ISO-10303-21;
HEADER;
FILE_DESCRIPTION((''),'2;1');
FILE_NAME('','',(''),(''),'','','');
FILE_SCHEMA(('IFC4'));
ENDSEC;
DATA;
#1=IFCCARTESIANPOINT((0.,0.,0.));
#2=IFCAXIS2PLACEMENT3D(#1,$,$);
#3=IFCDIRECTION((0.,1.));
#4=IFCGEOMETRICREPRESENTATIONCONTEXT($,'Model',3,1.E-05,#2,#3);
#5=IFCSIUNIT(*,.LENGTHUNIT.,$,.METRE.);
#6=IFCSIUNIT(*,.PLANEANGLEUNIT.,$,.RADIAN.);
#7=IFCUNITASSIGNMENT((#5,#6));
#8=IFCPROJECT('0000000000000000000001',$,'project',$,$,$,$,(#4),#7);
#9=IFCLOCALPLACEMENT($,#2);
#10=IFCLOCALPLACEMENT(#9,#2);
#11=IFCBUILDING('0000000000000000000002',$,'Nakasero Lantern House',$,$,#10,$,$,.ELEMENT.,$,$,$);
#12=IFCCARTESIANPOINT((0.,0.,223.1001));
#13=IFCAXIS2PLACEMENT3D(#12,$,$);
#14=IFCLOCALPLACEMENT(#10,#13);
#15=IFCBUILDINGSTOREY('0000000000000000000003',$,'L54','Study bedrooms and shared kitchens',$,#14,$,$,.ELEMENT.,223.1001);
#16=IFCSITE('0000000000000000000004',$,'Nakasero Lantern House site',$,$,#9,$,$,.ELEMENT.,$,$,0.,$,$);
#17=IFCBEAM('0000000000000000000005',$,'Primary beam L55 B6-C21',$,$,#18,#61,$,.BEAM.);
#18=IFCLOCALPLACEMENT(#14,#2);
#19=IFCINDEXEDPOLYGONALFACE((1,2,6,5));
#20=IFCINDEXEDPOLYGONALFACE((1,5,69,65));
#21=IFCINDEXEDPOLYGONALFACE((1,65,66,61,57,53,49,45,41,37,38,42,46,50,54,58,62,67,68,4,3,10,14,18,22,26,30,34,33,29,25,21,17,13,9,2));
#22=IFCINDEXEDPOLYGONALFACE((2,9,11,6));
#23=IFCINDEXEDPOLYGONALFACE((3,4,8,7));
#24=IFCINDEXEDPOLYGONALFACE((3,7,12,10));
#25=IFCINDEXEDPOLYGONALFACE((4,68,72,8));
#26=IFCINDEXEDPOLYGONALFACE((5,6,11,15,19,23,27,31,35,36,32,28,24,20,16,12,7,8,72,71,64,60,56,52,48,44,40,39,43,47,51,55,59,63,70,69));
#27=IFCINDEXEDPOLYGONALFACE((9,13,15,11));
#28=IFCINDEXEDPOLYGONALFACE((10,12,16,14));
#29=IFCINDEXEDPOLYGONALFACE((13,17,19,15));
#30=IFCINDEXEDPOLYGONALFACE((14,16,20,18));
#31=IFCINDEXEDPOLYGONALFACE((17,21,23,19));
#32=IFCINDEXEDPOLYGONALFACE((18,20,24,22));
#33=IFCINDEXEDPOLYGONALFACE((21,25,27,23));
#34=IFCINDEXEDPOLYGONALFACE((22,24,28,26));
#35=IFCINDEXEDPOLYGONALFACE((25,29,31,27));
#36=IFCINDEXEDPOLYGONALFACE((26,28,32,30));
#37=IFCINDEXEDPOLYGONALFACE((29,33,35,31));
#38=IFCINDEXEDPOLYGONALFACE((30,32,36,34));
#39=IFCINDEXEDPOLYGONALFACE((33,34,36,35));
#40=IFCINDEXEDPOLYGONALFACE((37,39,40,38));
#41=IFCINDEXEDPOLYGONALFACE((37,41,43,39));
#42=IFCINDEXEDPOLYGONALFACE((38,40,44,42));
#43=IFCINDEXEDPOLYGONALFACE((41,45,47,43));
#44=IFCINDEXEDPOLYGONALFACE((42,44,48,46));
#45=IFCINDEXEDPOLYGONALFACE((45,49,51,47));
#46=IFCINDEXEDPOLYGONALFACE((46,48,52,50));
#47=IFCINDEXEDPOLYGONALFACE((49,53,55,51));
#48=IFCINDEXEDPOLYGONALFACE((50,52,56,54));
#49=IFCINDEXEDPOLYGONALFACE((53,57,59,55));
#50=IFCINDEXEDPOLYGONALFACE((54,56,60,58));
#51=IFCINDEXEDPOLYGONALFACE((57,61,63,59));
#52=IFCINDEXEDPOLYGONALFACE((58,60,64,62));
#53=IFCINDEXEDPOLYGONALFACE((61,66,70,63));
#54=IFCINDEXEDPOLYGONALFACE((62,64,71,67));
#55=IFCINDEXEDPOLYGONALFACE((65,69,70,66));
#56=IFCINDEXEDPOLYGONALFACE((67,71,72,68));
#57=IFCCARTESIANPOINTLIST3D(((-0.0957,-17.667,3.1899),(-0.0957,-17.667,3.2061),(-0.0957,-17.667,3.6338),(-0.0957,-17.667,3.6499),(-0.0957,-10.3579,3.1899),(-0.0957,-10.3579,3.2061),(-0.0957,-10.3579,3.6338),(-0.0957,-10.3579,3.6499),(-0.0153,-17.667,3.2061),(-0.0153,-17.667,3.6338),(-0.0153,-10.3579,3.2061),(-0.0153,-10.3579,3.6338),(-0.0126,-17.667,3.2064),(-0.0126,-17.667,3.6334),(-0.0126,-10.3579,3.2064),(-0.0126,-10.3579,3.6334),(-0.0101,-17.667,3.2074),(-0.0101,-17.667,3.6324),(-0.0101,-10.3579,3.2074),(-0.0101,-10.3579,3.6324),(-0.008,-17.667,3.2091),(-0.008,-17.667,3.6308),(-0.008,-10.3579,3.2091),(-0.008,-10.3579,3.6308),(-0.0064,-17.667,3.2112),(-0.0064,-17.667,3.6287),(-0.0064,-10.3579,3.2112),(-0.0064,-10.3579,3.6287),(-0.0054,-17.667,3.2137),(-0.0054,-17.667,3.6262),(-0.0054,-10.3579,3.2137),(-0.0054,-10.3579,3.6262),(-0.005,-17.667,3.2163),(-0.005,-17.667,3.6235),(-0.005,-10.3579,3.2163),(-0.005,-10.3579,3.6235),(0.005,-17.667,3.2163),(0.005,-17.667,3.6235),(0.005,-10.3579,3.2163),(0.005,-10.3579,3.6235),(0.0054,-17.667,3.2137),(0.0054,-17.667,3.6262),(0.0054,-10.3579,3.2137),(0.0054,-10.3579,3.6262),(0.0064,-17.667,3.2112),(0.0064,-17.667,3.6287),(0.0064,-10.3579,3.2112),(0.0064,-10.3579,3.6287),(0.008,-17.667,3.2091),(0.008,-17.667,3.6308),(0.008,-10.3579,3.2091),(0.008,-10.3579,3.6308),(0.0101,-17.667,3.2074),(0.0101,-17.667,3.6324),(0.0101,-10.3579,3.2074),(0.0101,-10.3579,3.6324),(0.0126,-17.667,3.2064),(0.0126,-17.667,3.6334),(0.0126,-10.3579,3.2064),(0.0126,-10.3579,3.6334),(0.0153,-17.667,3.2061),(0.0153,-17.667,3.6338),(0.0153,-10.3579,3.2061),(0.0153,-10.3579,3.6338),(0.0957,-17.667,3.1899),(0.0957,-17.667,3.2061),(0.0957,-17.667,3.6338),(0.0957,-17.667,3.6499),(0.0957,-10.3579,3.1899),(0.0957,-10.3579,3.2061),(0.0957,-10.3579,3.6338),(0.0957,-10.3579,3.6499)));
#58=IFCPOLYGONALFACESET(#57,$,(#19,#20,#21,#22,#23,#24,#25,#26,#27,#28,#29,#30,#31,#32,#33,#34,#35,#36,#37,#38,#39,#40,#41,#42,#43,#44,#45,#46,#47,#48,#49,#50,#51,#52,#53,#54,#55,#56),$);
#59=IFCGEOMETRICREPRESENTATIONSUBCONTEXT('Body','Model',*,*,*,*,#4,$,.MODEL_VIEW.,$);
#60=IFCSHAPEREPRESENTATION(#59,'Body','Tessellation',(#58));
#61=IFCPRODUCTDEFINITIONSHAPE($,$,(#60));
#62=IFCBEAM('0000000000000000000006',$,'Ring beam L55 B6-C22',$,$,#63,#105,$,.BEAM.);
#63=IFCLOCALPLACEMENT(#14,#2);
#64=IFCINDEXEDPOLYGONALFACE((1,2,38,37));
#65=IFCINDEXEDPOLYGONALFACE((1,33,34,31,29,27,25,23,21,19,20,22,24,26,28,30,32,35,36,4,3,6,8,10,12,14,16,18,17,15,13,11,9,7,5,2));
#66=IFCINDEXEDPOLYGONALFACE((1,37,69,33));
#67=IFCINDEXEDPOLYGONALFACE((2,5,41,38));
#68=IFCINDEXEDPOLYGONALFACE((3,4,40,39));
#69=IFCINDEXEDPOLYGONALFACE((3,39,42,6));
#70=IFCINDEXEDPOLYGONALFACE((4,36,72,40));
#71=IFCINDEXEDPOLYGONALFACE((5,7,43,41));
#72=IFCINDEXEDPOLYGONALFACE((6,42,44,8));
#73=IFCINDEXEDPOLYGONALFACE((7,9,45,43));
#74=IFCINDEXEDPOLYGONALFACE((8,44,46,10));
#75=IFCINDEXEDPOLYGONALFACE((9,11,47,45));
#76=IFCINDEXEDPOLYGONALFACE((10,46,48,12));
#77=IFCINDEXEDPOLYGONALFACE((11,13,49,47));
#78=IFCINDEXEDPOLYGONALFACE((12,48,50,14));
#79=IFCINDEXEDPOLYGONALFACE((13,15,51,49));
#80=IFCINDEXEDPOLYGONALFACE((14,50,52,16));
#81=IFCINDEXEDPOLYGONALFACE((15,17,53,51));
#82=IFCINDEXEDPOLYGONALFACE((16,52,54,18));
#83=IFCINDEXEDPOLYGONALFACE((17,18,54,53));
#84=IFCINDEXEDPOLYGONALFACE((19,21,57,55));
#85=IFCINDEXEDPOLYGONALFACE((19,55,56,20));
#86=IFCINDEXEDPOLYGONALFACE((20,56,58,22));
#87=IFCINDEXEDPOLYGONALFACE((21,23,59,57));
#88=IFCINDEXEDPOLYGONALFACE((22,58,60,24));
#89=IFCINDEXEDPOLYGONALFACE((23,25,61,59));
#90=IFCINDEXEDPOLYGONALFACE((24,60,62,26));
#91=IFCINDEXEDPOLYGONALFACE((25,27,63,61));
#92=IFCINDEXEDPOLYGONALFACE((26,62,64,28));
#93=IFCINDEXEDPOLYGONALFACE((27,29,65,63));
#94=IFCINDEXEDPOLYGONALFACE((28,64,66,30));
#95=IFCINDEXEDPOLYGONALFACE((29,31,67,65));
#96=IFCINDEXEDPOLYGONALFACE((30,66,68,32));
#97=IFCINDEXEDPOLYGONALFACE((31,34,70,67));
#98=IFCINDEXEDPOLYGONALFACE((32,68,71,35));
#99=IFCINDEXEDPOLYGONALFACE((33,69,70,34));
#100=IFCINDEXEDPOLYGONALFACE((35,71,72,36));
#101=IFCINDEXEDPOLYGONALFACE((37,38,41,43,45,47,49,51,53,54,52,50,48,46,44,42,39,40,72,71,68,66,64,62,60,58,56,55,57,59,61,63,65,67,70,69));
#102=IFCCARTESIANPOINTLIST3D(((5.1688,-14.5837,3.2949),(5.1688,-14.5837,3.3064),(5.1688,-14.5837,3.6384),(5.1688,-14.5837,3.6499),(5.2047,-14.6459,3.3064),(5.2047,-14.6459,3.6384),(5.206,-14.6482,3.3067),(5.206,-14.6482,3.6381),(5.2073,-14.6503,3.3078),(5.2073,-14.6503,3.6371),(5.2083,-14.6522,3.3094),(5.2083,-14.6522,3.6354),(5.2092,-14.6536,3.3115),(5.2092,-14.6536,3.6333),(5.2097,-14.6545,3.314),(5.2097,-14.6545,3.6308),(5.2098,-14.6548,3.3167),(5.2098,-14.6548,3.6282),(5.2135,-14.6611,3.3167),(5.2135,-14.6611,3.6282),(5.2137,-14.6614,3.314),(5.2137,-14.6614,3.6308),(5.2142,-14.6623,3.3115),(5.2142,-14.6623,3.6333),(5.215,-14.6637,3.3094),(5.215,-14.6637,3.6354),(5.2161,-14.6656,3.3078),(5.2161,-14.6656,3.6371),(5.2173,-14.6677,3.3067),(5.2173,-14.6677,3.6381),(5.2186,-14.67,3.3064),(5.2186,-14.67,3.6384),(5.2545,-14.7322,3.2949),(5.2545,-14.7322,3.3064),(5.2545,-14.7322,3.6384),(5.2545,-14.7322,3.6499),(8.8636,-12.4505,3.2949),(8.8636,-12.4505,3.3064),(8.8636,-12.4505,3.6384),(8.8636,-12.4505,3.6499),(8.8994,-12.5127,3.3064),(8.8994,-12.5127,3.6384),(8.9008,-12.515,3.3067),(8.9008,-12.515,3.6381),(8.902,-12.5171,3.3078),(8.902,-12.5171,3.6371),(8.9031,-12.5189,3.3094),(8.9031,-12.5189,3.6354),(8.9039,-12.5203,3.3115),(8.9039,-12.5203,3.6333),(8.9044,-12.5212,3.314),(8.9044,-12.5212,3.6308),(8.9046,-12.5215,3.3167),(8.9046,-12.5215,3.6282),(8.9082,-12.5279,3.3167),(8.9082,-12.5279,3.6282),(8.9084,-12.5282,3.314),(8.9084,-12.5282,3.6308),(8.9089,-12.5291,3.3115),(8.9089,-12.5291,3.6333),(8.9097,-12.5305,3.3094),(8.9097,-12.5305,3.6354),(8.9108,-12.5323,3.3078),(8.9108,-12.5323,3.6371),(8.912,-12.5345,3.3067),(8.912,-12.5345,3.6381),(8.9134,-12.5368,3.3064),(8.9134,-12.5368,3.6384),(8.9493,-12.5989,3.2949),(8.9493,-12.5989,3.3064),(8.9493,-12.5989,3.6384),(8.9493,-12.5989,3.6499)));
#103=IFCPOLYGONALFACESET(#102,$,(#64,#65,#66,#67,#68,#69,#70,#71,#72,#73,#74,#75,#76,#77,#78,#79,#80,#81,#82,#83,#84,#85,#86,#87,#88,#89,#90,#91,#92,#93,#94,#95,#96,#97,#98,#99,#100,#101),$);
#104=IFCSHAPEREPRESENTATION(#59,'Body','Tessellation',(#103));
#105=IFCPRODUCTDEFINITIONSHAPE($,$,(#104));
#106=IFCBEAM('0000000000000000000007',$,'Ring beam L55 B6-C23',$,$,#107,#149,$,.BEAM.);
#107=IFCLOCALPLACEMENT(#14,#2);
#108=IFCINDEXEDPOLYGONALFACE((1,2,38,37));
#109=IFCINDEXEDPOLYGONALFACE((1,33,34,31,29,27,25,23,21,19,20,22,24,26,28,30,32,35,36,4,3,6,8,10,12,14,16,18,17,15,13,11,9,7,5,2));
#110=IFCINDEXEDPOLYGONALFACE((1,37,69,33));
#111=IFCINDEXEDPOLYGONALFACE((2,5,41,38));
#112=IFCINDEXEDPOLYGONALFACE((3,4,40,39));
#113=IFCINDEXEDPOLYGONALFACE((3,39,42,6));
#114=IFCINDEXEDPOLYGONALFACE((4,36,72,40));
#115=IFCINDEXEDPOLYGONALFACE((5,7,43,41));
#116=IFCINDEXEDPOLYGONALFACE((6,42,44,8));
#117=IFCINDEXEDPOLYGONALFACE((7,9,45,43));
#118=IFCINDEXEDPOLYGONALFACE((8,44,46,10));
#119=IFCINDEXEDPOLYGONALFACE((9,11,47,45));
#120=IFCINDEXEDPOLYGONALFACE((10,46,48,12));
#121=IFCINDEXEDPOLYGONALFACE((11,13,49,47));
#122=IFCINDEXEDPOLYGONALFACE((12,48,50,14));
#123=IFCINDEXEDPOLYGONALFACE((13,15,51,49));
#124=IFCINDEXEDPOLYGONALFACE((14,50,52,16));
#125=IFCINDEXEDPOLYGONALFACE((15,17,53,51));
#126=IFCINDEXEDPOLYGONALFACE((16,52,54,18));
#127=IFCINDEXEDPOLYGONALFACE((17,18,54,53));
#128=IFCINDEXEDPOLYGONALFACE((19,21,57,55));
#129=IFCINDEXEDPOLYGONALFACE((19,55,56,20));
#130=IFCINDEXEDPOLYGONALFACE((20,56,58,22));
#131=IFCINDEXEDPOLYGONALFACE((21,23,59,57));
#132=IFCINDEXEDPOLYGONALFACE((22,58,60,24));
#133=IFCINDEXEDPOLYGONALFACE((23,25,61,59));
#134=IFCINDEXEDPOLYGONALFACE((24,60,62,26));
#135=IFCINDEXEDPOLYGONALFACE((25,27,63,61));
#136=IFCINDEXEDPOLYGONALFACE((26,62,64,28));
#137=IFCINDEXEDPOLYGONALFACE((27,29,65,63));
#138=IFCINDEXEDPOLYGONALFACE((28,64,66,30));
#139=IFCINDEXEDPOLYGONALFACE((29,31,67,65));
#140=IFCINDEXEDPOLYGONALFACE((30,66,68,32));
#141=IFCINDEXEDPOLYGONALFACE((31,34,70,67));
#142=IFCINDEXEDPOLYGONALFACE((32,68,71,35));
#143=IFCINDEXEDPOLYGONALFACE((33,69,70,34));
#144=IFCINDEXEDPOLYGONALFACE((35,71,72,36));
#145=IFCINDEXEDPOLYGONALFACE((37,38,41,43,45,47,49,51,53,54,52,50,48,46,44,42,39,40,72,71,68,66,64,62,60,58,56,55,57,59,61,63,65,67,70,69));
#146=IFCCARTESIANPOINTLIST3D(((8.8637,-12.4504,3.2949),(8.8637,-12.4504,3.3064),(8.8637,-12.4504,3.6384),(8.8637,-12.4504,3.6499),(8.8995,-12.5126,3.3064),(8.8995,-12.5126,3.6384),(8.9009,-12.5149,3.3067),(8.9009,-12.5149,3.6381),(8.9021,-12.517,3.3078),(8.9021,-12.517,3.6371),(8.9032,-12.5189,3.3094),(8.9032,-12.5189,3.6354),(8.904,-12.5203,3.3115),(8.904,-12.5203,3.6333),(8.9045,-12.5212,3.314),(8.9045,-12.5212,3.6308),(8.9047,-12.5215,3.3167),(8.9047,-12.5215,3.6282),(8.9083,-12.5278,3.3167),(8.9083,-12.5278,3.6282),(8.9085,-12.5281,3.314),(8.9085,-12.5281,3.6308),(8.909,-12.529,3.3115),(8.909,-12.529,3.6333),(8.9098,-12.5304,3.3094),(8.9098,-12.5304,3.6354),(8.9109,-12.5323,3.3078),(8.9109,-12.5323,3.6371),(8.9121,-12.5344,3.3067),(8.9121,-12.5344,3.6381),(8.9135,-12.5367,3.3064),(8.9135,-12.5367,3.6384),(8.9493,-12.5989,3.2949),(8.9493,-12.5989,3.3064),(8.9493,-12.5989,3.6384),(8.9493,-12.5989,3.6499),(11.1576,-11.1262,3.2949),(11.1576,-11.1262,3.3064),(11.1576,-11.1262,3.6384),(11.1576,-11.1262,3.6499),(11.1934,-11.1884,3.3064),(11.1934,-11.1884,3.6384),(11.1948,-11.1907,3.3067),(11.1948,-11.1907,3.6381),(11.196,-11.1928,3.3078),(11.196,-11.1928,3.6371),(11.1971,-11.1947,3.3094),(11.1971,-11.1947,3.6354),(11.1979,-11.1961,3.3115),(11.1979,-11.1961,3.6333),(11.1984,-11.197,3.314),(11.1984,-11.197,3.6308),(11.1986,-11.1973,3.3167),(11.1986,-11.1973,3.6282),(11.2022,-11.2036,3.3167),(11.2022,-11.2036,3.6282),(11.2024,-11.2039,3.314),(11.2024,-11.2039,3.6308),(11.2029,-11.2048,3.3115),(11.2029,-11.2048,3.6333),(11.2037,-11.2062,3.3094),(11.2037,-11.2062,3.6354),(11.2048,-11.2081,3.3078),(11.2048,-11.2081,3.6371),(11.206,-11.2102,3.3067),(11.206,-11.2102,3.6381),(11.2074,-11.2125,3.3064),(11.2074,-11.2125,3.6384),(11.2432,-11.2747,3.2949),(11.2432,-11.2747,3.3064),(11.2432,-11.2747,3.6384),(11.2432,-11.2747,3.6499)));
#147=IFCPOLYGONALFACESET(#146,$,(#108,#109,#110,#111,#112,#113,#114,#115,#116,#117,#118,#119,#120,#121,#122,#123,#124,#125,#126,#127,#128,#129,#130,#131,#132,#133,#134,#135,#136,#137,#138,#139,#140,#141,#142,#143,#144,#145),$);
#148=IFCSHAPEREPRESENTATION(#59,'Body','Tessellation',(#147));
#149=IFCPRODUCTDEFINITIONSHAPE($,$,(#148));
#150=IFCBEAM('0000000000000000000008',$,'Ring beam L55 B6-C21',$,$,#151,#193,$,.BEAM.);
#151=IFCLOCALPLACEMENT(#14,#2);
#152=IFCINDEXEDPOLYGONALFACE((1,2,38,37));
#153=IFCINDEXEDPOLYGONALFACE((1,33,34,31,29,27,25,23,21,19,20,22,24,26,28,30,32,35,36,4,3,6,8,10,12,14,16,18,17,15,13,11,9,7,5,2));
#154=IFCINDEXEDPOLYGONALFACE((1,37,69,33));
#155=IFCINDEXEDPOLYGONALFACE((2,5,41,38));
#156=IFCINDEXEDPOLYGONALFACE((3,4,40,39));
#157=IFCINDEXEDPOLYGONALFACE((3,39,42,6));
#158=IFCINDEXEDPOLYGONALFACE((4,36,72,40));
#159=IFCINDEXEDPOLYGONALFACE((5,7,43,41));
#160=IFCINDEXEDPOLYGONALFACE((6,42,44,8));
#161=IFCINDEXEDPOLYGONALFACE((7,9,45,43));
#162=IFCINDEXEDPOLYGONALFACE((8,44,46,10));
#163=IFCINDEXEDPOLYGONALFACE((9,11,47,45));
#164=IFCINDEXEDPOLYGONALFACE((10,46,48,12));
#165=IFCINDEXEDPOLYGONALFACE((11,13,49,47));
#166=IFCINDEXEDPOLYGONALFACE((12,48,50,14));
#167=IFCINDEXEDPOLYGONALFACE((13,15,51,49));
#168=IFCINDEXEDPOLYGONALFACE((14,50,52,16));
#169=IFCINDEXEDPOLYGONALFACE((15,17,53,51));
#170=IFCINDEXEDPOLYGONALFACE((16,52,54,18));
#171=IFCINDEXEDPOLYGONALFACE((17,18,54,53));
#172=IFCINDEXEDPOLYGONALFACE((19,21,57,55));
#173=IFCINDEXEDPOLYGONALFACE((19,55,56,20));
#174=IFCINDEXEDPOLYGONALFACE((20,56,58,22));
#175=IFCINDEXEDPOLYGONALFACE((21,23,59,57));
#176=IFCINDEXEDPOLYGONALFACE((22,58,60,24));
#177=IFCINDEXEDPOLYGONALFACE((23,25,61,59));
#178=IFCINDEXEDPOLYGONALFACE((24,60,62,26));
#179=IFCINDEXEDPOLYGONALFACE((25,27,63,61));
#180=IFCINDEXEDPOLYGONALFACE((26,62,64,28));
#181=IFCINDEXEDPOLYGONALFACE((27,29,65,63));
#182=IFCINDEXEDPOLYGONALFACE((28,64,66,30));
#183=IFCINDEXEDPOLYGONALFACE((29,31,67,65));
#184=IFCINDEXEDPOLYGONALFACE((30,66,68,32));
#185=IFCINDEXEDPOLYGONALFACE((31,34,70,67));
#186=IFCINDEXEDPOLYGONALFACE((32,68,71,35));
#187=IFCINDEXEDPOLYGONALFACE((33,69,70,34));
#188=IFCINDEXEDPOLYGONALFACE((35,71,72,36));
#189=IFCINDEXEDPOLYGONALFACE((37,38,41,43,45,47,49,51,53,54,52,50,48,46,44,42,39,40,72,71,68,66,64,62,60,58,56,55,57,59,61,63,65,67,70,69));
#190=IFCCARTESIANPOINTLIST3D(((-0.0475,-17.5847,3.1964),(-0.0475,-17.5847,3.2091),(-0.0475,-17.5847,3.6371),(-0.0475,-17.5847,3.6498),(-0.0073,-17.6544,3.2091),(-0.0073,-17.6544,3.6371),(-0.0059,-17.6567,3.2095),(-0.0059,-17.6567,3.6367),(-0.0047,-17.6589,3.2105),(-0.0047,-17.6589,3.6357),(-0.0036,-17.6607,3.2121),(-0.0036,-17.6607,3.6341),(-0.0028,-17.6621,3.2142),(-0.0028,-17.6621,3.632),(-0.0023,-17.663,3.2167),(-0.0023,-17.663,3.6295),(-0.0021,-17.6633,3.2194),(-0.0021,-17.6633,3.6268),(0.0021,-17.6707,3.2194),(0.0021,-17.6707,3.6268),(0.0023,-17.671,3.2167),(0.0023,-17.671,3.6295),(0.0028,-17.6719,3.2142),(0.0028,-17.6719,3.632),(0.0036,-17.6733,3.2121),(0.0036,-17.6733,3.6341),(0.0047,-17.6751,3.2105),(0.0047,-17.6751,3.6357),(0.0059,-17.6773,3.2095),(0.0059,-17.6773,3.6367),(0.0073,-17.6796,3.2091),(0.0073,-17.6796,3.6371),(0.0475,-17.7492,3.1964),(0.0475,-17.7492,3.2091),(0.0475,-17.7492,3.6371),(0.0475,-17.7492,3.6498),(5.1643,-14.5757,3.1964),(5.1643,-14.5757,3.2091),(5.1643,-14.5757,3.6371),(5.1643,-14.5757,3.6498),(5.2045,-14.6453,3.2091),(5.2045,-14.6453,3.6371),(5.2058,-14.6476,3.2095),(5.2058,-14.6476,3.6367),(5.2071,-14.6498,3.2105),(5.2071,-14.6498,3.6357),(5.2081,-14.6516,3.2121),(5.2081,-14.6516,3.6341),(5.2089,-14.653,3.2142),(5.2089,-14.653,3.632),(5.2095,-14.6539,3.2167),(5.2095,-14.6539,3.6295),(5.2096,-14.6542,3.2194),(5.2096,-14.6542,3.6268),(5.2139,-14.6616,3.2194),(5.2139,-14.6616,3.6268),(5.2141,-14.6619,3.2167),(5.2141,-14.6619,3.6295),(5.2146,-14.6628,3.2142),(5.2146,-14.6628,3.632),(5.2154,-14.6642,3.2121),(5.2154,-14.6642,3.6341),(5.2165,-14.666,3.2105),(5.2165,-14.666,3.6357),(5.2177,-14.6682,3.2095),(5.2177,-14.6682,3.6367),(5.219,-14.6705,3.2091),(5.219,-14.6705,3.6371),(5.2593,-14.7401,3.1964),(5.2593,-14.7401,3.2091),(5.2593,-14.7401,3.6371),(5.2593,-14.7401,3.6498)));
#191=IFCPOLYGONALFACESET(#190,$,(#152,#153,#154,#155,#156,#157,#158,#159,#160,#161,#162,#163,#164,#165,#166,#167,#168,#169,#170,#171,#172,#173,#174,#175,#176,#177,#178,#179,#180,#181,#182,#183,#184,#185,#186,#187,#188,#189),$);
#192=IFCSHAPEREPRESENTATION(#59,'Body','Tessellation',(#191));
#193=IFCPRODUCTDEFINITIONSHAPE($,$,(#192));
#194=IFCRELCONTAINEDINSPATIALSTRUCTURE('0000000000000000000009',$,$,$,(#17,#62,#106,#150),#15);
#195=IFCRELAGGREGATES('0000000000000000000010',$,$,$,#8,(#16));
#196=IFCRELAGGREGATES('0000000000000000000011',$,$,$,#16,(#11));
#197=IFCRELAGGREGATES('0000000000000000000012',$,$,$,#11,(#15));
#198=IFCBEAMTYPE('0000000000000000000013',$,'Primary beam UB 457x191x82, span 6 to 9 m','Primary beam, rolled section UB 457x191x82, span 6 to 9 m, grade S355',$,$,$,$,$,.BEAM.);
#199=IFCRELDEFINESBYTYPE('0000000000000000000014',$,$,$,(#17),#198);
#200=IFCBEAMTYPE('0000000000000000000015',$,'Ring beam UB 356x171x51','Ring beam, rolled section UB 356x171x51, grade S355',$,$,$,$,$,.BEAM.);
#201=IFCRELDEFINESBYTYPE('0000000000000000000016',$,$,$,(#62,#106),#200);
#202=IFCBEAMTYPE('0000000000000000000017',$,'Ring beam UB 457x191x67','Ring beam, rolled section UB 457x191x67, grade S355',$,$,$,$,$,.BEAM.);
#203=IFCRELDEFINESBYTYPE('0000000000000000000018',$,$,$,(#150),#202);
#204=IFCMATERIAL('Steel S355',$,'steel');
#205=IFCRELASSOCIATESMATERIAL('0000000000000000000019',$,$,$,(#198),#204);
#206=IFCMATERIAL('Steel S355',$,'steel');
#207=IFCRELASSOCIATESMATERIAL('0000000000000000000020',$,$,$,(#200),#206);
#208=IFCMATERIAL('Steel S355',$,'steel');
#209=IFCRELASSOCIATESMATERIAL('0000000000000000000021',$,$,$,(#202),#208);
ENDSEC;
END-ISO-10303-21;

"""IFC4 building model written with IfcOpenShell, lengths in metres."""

from ifc_helpers import new_model, si_unit, direction, frame, origin, origin_2d, place, context, subcontext, project, spatial, i_section, extrude, material, material_profile, profile_set, type_object, element, save


model = new_model("IFC4")

# Units and contexts
model_context = context("Model", 3, precision=1e-05, world=origin(), true_north=direction((0.0, 1.0)))
body_context = subcontext(model_context, "Body", "Model", "MODEL_VIEW")
ifc_project = project(units=[si_unit("LENGTHUNIT", "METRE"), si_unit("PLANEANGLEUNIT", "RADIAN")], contexts=[model_context])

# Site, building, storey
site_placement = place(None, origin())
site = spatial("IfcSite", under=ifc_project, at=site_placement, Name="Nakasero Lantern House site", CompositionType="ELEMENT", RefElevation=0.0)
building_placement = place(site_placement, origin())
building = spatial("IfcBuilding", under=site, at=building_placement, Name="Nakasero Lantern House", CompositionType="ELEMENT")
storey_placement = place(building_placement, frame((0.0, 0.0, 223.1001)))
storey = spatial("IfcBuildingStorey", under=building, at=storey_placement, Name="L54", Description="Study bedrooms and shared kitchens", CompositionType="ELEMENT", Elevation=223.1001)

# Beams
ifc_material_1 = material(Name="Steel S355", Category="steel")
ifc_material_profile_1 = material_profile(ifc_material_1, i_section(OverallWidth=0.1914, OverallDepth=0.46, WebThickness=0.01, FlangeThickness=0.0161, FilletRadius=0.0103, at=origin_2d()), Name="UB 457x191x82")
ifc_profile_set_1 = profile_set([ifc_material_profile_1], Name="Steel S355")
beam_type_1 = type_object("IfcBeamType", Name="Primary beam UB 457x191x82, span 6 to 9 m", Description="Primary beam, rolled section UB 457x191x82, span 6 to 9 m, grade S355", PredefinedType="BEAM", material=ifc_profile_set_1)
beam_1_placement = place(storey_placement, frame((0.0, -17.667, 3.4199), z_axis=(0.0, 1.0, 0.0), x_axis=(-1.0, 0.0, 0.0)))
element("IfcBeam", 1, at=beam_1_placement, inside=storey, type_object=beam_type_1, Name="Primary beam L55 B6-C21", PredefinedType="BEAM", context=body_context, shape_type="SweptSolid", body=[
    extrude(i_section(OverallWidth=0.1914, OverallDepth=0.46, WebThickness=0.01, FlangeThickness=0.0161, FilletRadius=0.0103, at=origin_2d()), origin(), (0.0, 0.0, 1.0), 7.3091),
])
ifc_material_2 = material(Name="Steel S355", Category="steel")
ifc_material_profile_2 = material_profile(ifc_material_2, i_section(OverallWidth=0.1714, OverallDepth=0.355, WebThickness=0.0073, FlangeThickness=0.0115, FilletRadius=0.0103, at=origin_2d()), Name="UB 356x171x51")
ifc_profile_set_2 = profile_set([ifc_material_profile_2], Name="Steel S355")
beam_type_2 = type_object("IfcBeamType", Name="Ring beam UB 356x171x51", Description="Ring beam, rolled section UB 356x171x51, grade S355", PredefinedType="BEAM", material=ifc_profile_set_2)
beam_2_placement = place(storey_placement, frame((5.2117, -14.658, 3.4724), z_axis=(0.866016, 0.500016, 0.0), x_axis=(-0.500016, 0.866016, 0.0)))
element("IfcBeam", 2, at=beam_2_placement, inside=storey, type_object=beam_type_2, Name="Ring beam L55 B6-C22", PredefinedType="BEAM", context=body_context, shape_type="SweptSolid", body=[
    extrude(i_section(OverallWidth=0.1714, OverallDepth=0.355, WebThickness=0.0073, FlangeThickness=0.0115, FilletRadius=0.0103, at=origin_2d()), origin(), (0.0, 0.0, 1.0), 4.2664),
])
beam_3_placement = place(storey_placement, frame((8.9065, -12.5247, 3.4724), z_axis=(0.866057, 0.499946, 0.0), x_axis=(-0.499946, 0.866057, 0.0)))
element("IfcBeam", 3, at=beam_3_placement, inside=storey, type_object=beam_type_2, Name="Ring beam L55 B6-C23", PredefinedType="BEAM", context=body_context, shape_type="SweptSolid", body=[
    extrude(i_section(OverallWidth=0.1714, OverallDepth=0.355, WebThickness=0.0073, FlangeThickness=0.0115, FilletRadius=0.0103, at=origin_2d()), origin(), (0.0, 0.0, 1.0), 2.6487),
])
ifc_material_3 = material(Name="Steel S355", Category="steel")
ifc_material_profile_3 = material_profile(ifc_material_3, i_section(OverallWidth=0.1899, OverallDepth=0.4534, WebThickness=0.0085, FlangeThickness=0.0127, FilletRadius=0.0103, at=origin_2d()), Name="UB 457x191x67")
ifc_profile_set_3 = profile_set([ifc_material_profile_3], Name="Steel S355")
beam_type_3 = type_object("IfcBeamType", Name="Ring beam UB 457x191x67", Description="Ring beam, rolled section UB 457x191x67, grade S355", PredefinedType="BEAM", material=ifc_profile_set_3)
beam_4_placement = place(storey_placement, frame((0.0, -17.667, 3.4231), z_axis=(0.86602, 0.500009, 0.0), x_axis=(-0.500009, 0.86602, 0.0)))
element("IfcBeam", 4, at=beam_4_placement, inside=storey, type_object=beam_type_3, Name="Ring beam L55 B6-C21", PredefinedType="BEAM", context=body_context, shape_type="SweptSolid", body=[
    extrude(i_section(OverallWidth=0.1899, OverallDepth=0.4534, WebThickness=0.0085, FlangeThickness=0.0127, FilletRadius=0.0103, at=origin_2d()), origin(), (0.0, 0.0, 1.0), 6.0181),
])

save(model, "model.ifc")
